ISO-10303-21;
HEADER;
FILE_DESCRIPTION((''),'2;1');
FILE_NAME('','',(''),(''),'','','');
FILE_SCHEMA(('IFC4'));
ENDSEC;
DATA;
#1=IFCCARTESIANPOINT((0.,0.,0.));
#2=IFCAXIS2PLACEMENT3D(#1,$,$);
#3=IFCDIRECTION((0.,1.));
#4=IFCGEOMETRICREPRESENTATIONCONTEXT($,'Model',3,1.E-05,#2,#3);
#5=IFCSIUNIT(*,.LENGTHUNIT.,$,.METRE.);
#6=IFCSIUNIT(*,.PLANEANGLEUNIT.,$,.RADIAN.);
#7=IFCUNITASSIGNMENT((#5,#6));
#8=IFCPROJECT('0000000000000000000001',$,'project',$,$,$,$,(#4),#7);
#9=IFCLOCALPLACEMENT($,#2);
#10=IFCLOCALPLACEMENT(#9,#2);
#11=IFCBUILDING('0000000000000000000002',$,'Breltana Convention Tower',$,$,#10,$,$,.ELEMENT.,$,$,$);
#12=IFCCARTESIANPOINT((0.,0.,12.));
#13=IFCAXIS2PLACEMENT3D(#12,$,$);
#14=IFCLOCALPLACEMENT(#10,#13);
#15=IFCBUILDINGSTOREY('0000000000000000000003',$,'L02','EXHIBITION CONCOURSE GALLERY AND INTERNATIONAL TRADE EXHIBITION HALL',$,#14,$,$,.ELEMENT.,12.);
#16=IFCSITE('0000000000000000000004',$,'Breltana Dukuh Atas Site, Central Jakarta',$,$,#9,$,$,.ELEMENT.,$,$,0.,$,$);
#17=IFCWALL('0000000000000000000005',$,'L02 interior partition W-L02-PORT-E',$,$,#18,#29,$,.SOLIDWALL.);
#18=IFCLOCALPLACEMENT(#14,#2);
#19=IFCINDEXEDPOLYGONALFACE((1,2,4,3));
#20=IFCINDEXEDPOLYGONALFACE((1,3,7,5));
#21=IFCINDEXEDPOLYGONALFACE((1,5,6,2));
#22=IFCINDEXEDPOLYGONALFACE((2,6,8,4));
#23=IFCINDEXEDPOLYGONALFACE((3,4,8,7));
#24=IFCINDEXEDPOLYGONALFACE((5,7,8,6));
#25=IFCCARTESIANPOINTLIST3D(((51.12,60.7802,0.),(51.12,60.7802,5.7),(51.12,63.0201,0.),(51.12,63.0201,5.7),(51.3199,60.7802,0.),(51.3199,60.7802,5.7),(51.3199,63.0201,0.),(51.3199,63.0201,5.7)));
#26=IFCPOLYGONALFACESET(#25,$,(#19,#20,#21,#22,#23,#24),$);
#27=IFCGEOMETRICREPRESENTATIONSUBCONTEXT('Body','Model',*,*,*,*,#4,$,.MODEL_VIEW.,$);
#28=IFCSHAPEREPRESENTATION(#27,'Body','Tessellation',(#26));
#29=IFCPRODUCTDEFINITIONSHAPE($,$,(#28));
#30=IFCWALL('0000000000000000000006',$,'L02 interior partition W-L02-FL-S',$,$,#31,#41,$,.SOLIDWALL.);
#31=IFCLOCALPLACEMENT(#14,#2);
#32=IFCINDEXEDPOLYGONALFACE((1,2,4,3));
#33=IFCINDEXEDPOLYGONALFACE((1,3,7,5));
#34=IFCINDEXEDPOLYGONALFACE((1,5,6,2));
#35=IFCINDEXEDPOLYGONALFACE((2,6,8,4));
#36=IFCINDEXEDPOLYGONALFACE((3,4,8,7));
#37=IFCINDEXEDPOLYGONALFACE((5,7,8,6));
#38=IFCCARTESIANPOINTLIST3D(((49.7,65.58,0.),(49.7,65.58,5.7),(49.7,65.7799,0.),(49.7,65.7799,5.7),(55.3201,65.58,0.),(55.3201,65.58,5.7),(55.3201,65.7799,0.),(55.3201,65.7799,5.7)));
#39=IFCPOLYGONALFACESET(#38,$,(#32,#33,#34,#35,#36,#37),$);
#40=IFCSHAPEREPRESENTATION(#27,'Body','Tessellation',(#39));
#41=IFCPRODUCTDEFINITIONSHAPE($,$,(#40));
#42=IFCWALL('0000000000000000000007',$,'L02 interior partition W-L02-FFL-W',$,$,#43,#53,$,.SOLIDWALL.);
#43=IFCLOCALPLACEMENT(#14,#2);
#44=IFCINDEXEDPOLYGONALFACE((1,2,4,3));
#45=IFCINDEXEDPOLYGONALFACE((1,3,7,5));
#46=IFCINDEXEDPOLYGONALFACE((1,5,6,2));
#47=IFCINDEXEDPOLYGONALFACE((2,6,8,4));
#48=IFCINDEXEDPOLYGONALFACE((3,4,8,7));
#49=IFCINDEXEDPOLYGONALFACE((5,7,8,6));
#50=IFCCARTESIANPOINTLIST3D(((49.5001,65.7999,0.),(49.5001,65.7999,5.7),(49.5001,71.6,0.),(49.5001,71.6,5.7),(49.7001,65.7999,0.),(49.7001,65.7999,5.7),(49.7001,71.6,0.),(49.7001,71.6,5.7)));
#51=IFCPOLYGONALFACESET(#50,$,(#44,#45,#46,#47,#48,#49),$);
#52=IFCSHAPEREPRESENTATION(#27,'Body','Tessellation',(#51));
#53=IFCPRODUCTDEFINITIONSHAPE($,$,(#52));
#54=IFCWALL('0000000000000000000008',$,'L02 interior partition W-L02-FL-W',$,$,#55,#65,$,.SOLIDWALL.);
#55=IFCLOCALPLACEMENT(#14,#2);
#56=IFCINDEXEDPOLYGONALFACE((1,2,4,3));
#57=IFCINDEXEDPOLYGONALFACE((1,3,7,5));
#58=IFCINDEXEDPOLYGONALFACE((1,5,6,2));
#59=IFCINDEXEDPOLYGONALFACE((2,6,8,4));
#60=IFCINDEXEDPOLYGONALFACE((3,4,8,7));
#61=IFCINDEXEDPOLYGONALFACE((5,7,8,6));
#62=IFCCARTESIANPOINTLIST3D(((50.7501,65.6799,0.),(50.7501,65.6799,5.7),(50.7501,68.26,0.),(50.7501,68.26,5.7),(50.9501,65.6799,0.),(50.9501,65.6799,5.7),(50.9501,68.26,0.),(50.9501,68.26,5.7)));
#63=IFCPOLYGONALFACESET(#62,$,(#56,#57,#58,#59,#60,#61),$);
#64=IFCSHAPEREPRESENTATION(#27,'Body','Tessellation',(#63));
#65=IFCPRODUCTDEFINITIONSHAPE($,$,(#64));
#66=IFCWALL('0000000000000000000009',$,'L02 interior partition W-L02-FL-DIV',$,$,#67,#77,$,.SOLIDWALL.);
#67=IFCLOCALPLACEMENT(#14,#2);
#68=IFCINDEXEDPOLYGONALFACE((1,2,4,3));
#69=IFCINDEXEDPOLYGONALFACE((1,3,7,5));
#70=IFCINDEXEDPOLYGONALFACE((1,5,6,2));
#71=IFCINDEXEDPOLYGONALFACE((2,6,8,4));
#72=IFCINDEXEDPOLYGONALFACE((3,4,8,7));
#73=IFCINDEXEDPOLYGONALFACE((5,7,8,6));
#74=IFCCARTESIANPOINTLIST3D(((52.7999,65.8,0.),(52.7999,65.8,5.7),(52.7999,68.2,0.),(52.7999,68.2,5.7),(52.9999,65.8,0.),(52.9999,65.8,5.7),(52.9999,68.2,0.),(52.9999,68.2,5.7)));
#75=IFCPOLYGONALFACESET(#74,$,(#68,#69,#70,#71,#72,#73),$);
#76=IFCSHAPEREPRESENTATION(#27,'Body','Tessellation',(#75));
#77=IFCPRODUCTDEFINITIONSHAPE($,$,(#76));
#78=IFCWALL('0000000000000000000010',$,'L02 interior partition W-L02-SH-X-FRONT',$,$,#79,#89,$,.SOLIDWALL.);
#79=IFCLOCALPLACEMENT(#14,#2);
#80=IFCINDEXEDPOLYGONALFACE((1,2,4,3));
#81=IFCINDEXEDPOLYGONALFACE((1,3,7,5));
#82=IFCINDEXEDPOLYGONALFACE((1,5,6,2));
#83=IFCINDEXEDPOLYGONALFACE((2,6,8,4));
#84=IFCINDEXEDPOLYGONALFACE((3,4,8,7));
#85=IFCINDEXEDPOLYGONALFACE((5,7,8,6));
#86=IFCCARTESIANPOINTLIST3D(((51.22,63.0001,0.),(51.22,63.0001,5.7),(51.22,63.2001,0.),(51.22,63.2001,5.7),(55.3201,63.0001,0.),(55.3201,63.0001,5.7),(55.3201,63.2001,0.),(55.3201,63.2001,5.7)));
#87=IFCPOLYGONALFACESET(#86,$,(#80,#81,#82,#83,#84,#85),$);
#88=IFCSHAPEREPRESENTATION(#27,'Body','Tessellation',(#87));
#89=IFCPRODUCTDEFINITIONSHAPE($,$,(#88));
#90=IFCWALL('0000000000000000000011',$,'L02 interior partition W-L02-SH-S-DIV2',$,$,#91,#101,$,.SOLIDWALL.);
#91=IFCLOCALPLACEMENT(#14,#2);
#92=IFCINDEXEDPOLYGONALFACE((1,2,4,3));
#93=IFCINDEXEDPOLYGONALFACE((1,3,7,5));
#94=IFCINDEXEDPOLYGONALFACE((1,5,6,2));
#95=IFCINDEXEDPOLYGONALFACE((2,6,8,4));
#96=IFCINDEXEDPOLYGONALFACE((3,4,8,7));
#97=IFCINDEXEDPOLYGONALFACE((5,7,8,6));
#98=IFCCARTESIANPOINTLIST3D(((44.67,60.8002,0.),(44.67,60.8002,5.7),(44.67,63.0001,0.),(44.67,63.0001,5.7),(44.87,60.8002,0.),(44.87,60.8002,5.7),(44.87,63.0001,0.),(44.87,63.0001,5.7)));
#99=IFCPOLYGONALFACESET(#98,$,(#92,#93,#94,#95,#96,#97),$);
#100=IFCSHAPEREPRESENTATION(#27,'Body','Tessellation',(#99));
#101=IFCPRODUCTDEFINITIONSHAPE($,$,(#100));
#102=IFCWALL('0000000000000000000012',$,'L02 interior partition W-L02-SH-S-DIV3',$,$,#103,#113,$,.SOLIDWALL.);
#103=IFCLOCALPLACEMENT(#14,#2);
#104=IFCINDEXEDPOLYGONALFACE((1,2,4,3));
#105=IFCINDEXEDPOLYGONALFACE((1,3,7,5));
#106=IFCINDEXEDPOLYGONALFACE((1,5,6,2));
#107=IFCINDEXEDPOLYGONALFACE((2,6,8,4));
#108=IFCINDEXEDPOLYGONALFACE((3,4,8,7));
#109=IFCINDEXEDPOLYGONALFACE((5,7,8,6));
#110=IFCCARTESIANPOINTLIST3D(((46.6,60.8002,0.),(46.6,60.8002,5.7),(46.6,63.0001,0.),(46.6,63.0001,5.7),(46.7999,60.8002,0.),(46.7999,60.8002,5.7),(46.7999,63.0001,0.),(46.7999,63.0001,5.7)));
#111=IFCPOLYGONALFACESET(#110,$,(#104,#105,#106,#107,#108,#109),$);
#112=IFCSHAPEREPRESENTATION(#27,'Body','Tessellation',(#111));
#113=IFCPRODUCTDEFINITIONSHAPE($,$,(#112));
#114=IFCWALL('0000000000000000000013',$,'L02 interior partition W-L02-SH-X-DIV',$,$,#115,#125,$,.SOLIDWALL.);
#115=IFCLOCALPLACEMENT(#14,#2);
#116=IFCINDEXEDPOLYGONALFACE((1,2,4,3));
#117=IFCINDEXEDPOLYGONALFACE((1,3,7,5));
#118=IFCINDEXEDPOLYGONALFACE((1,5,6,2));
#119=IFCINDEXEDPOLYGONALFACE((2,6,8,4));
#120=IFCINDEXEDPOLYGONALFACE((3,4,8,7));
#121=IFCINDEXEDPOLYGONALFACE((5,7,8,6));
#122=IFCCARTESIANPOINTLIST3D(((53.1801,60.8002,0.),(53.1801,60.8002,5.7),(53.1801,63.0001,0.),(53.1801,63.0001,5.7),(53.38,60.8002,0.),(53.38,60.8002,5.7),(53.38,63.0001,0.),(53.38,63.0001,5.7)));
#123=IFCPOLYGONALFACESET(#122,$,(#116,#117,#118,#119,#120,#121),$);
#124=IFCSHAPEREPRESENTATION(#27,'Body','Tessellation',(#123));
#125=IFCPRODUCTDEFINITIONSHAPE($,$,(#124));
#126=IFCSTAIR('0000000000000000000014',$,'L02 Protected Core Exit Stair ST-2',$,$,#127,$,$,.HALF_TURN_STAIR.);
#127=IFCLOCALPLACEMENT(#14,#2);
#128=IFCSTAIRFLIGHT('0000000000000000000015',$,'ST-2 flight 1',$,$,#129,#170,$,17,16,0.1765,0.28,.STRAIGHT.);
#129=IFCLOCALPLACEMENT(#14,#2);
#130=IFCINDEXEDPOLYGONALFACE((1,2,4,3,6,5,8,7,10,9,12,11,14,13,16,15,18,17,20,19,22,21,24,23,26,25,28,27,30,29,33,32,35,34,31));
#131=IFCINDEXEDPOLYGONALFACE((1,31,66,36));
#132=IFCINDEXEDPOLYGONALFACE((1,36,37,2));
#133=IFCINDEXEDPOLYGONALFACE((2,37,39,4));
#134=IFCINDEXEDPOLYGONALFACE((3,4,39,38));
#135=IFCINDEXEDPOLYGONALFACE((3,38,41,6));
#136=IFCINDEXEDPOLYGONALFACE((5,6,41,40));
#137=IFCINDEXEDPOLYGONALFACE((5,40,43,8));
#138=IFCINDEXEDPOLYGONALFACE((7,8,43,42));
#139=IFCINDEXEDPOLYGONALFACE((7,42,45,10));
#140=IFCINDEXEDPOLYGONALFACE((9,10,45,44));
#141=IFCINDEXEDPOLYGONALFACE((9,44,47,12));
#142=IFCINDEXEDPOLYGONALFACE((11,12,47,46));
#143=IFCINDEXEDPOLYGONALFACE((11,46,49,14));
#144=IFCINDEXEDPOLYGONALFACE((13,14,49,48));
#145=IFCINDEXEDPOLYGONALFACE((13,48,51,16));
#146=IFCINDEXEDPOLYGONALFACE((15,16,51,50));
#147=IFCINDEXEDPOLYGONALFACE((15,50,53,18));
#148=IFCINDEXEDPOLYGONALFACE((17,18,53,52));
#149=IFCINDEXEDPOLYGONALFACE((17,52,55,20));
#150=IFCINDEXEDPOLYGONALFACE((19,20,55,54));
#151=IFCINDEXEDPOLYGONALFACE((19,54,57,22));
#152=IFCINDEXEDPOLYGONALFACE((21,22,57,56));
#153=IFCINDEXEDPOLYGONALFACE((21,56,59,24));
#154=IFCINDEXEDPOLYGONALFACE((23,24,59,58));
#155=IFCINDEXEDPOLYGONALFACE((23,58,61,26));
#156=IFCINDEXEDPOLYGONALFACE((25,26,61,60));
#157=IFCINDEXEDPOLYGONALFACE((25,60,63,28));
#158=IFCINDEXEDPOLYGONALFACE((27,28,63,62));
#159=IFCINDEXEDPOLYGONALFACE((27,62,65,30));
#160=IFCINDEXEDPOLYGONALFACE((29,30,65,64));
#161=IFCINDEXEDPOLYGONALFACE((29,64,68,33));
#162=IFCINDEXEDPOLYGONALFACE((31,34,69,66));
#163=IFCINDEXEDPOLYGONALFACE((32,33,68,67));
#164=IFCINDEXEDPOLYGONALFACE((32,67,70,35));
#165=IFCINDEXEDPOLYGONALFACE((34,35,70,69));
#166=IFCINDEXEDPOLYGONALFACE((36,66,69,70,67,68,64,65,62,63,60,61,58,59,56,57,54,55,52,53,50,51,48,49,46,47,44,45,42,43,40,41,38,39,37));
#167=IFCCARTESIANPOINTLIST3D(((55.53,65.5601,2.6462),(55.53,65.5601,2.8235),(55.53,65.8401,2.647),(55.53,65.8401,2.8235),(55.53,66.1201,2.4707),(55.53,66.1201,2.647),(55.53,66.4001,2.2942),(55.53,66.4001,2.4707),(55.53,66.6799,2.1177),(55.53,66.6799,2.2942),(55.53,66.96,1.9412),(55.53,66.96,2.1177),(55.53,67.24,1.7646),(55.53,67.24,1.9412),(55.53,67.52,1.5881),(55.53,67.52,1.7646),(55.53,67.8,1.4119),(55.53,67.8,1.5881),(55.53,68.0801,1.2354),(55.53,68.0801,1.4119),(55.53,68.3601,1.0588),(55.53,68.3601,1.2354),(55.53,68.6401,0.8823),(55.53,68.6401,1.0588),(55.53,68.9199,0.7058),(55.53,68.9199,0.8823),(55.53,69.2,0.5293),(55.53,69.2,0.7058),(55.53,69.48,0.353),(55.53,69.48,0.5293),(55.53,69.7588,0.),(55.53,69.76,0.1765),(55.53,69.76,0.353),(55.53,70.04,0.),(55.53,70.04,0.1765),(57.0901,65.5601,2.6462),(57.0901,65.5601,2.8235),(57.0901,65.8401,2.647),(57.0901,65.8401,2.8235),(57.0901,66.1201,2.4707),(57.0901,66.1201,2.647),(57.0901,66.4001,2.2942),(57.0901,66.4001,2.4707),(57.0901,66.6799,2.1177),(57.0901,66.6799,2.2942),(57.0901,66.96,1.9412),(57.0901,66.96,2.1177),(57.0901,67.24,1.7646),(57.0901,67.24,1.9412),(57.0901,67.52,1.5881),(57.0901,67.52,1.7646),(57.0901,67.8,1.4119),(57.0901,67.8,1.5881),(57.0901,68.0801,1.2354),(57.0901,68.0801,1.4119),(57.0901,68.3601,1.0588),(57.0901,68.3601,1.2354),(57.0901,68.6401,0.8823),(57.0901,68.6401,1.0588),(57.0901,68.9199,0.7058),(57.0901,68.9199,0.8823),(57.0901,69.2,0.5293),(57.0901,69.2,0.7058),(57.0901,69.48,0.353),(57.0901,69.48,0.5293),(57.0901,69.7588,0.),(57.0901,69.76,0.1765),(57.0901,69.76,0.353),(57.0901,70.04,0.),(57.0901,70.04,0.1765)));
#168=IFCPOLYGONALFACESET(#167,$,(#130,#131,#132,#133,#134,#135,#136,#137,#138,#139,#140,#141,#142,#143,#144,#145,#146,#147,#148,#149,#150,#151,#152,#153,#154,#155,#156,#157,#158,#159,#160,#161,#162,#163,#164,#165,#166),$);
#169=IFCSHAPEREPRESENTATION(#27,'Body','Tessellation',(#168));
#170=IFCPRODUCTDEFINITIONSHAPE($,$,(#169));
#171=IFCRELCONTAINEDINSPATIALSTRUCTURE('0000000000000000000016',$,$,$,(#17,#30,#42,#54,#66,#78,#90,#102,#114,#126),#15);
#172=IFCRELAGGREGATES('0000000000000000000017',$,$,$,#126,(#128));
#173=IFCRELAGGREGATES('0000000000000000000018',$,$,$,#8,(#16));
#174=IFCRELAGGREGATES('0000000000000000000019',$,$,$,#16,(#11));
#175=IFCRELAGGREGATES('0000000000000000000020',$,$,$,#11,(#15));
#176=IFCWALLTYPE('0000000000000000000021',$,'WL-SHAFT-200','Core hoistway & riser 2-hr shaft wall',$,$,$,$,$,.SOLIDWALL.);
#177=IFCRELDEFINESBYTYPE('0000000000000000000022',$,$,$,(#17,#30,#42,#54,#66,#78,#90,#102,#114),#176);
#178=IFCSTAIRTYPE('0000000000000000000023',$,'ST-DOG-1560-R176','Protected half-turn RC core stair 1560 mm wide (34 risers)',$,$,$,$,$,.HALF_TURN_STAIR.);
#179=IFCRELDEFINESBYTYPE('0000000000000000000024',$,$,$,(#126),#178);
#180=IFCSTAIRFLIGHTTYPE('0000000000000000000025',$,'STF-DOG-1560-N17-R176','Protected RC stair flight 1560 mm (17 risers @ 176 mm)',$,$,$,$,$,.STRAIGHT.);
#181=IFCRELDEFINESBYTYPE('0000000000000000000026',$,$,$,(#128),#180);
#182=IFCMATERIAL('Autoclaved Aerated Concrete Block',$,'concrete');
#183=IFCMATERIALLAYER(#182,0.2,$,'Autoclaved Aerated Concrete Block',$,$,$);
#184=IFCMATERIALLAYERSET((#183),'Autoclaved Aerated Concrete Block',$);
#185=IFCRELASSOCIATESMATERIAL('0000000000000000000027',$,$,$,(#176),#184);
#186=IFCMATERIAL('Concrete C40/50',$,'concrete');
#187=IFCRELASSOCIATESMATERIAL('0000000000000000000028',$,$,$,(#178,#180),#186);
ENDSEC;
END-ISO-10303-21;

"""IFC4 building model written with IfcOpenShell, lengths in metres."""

from ifc_helpers import new_model, si_unit, direction, frame, frame_2d, origin, place, context, subcontext, project, spatial, polyline, rectangle, outline, extrude, source, transform, mapped, material, layer, layer_set, type_object, element, aggregate, save


model = new_model("IFC4")

# Units and contexts
model_context = context("Model", 3, precision=1e-05, world=origin(), true_north=direction((0.0, 1.0)))
body_context = subcontext(model_context, "Body", "Model", "MODEL_VIEW")
ifc_project = project(units=[si_unit("LENGTHUNIT", "METRE"), si_unit("PLANEANGLEUNIT", "RADIAN")], contexts=[model_context])

# Site, building, storey
site_placement = place(None, origin())
site = spatial("IfcSite", under=ifc_project, at=site_placement, Name="Breltana Dukuh Atas Site, Central Jakarta", CompositionType="ELEMENT", RefElevation=0.0)
building_placement = place(site_placement, origin())
building = spatial("IfcBuilding", under=site, at=building_placement, Name="Breltana Convention Tower", CompositionType="ELEMENT")
storey_placement = place(building_placement, frame((0.0, 0.0, 12.0)))
storey = spatial("IfcBuildingStorey", under=building, at=storey_placement, Name="L02", Description="EXHIBITION CONCOURSE GALLERY AND INTERNATIONAL TRADE EXHIBITION HALL", CompositionType="ELEMENT", Elevation=12.0)

# Wall
ifc_material_1 = material(Name="Autoclaved Aerated Concrete Block", Category="concrete")
ifc_layer_1 = layer(ifc_material_1, 0.2, Name="Autoclaved Aerated Concrete Block")
ifc_layer_set_1 = layer_set([ifc_layer_1], Name="Autoclaved Aerated Concrete Block")
wall_type_1 = type_object("IfcWallType", Name="WL-SHAFT-200", Description="Core hoistway & riser 2-hr shaft wall", PredefinedType="SOLIDWALL", material=ifc_layer_set_1)
shared_shape_1 = source(origin(), body_context, "Body", "SweptSolid", [
    extrude(rectangle(XDim=2.24, YDim=0.2, at=frame_2d((1.1201, 0.0))), origin(), (0.0, 0.0, 1.0), 5.7),
])
for number, where, z_axis, x_axis, name in (
    (1, (51.22, 60.78, 0.0), (0.0, 0.0, 1.0), (0.0, 1.0, 0.0), "L02 interior partition W-L02-PORT-E"),
):
    element("IfcWall", number, at=place(storey_placement, frame(where, z_axis=z_axis, x_axis=x_axis)), inside=storey, type_object=wall_type_1, Name=name, PredefinedType="SOLIDWALL", context=body_context, shape_type="MappedRepresentation", body=[
        mapped(shared_shape_1, transform((0.0, 0.0, 0.0), scale=1.0)),
    ])

# Shared definitions
shared_shape_2 = source(origin(), body_context, "Body", "SweptSolid", [
    extrude(rectangle(XDim=5.6201, YDim=0.2, at=frame_2d((2.8101, 0.0))), origin(), (0.0, 0.0, 1.0), 5.7),
])

# Walls
wall_1_placement = place(storey_placement, frame((49.7, 65.6799, 0.0), z_axis=(0.0, 0.0, 1.0), x_axis=(1.0, 0.0, 0.0)))
element("IfcWall", 2, at=wall_1_placement, inside=storey, type_object=wall_type_1, Name="L02 interior partition W-L02-FL-S", PredefinedType="SOLIDWALL", context=body_context, shape_type="MappedRepresentation", body=[
    mapped(shared_shape_2, transform((0.0, 0.0, 0.0), scale=1.0)),
])
shared_shape_3 = source(origin(), body_context, "Body", "SweptSolid", [
    extrude(rectangle(XDim=5.8, YDim=0.2, at=frame_2d((2.8999, 0.0))), origin(), (0.0, 0.0, 1.0), 5.7),
])
wall_2_placement = place(storey_placement, frame((49.6001, 65.8, 0.0), z_axis=(0.0, 0.0, 1.0), x_axis=(0.0, 1.0, 0.0)))
element("IfcWall", 3, at=wall_2_placement, inside=storey, type_object=wall_type_1, Name="L02 interior partition W-L02-FFL-W", PredefinedType="SOLIDWALL", context=body_context, shape_type="MappedRepresentation", body=[
    mapped(shared_shape_3, transform((0.0, 0.0, 0.0), scale=1.0)),
])
shared_shape_4 = source(origin(), body_context, "Body", "SweptSolid", [
    extrude(rectangle(XDim=2.5801, YDim=0.2, at=frame_2d((1.29, 0.0))), origin(), (0.0, 0.0, 1.0), 5.7),
])
wall_3_placement = place(storey_placement, frame((50.8501, 65.6799, 0.0), z_axis=(0.0, 0.0, 1.0), x_axis=(0.0, 1.0, 0.0)))
element("IfcWall", 4, at=wall_3_placement, inside=storey, type_object=wall_type_1, Name="L02 interior partition W-L02-FL-W", PredefinedType="SOLIDWALL", context=body_context, shape_type="MappedRepresentation", body=[
    mapped(shared_shape_4, transform((0.0, 0.0, 0.0), scale=1.0)),
])
shared_shape_5 = source(origin(), body_context, "Body", "SweptSolid", [
    extrude(rectangle(XDim=2.3999, YDim=0.2, at=frame_2d((1.2, 0.0))), origin(), (0.0, 0.0, 1.0), 5.7),
])
wall_4_placement = place(storey_placement, frame((52.8999, 65.8, 0.0), z_axis=(0.0, 0.0, 1.0), x_axis=(0.0, 1.0, 0.0)))
element("IfcWall", 5, at=wall_4_placement, inside=storey, type_object=wall_type_1, Name="L02 interior partition W-L02-FL-DIV", PredefinedType="SOLIDWALL", context=body_context, shape_type="MappedRepresentation", body=[
    mapped(shared_shape_5, transform((0.0, 0.0, 0.0), scale=1.0)),
])
shared_shape_6 = source(origin(), body_context, "Body", "SweptSolid", [
    extrude(rectangle(XDim=4.1001, YDim=0.2, at=frame_2d((2.05, 0.0))), origin(), (0.0, 0.0, 1.0), 5.7),
])
wall_5_placement = place(storey_placement, frame((51.22, 63.1001, 0.0), z_axis=(0.0, 0.0, 1.0), x_axis=(1.0, 0.0, 0.0)))
element("IfcWall", 6, at=wall_5_placement, inside=storey, type_object=wall_type_1, Name="L02 interior partition W-L02-SH-X-FRONT", PredefinedType="SOLIDWALL", context=body_context, shape_type="MappedRepresentation", body=[
    mapped(shared_shape_6, transform((0.0, 0.0, 0.0), scale=1.0)),
])
shared_shape_7 = source(origin(), body_context, "Body", "SweptSolid", [
    extrude(rectangle(XDim=2.2, YDim=0.2, at=frame_2d((1.1001, 0.0))), origin(), (0.0, 0.0, 1.0), 5.7),
])
for number, where, z_axis, x_axis, name in (
    (7, (44.77, 60.8, 0.0), (0.0, 0.0, 1.0), (0.0, 1.0, 0.0), "L02 interior partition W-L02-SH-S-DIV2"),
    (8, (46.7, 60.8, 0.0), (0.0, 0.0, 1.0), (0.0, 1.0, 0.0), "L02 interior partition W-L02-SH-S-DIV3"),
    (9, (53.28, 60.8, 0.0), (0.0, 0.0, 1.0), (0.0, 1.0, 0.0), "L02 interior partition W-L02-SH-X-DIV"),
):
    element("IfcWall", number, at=place(storey_placement, frame(where, z_axis=z_axis, x_axis=x_axis)), inside=storey, type_object=wall_type_1, Name=name, PredefinedType="SOLIDWALL", context=body_context, shape_type="MappedRepresentation", body=[
        mapped(shared_shape_7, transform((0.0, 0.0, 0.0), scale=1.0)),
    ])

# Stair, stair flight
ifc_material_2 = material(Name="Concrete C40/50", Category="concrete")
stair_type = type_object("IfcStairType", Name="ST-DOG-1560-R176", Description="Protected half-turn RC core stair 1560 mm wide (34 risers)", PredefinedType="HALF_TURN_STAIR", material=ifc_material_2)
stair_placement = place(storey_placement, origin())
stair = element("IfcStair", 10, at=stair_placement, inside=storey, type_object=stair_type, Name="L02 Protected Core Exit Stair ST-2", PredefinedType="HALF_TURN_STAIR")
stair_flight_type = type_object("IfcStairFlightType", Name="STF-DOG-1560-N17-R176", Description="Protected RC stair flight 1560 mm (17 risers @ 176 mm)", PredefinedType="STRAIGHT", material=ifc_material_2)
stair_flight_1_placement = place(storey_placement, frame((56.3101, 70.04, 0.0), z_axis=(0.0, 0.0, 1.0), x_axis=(0.0, -1.0, 0.0)))
stair_flight_1 = element("IfcStairFlight", 11, at=stair_flight_1_placement, type_object=stair_flight_type, Name="ST-2 flight 1", NumberOfRisers=17, NumberOfTreads=16, PredefinedType="STRAIGHT", RiserHeight=0.1765, TreadLength=0.28, context=body_context, shape_type="SweptSolid", body=[
    extrude(outline(polyline([(0.0, 0.0), (0.0, 0.1765), (0.28, 0.1765), (0.28, 0.353), (0.5601, 0.353), (0.5601, 0.5293), (0.8401, 0.5293), (0.8401, 0.7058), (1.1201, 0.7058), (1.1201, 0.8823), (1.3999, 0.8823), (1.3999, 1.0588), (1.6799, 1.0588), (1.6799, 1.2354), (1.96, 1.2354), (1.96, 1.4119), (2.24, 1.4119), (2.24, 1.5881), (2.52, 1.5881), (2.52, 1.7646), (2.8, 1.7646), (2.8, 1.9412), (3.0801, 1.9412), (3.0801, 2.1177), (3.3601, 2.1177), (3.3601, 2.2942), (3.6399, 2.2942), (3.6399, 2.4707), (3.9199, 2.4707), (3.9199, 2.647), (4.2, 2.647), (4.2, 2.8235), (4.48, 2.8235), (4.48, 3.0), (4.48, 2.6462), (0.2812, 0.0), (0.0, 0.0)])), frame((0.0, 0.78, 0.0), z_axis=(0.0, -1.0, 0.0), x_axis=(1.0, 0.0, 0.0)), (0.0, 0.0, 1.0), 1.5601),
])
aggregate(stair, [stair_flight_1])

save(model, "model.ifc")
